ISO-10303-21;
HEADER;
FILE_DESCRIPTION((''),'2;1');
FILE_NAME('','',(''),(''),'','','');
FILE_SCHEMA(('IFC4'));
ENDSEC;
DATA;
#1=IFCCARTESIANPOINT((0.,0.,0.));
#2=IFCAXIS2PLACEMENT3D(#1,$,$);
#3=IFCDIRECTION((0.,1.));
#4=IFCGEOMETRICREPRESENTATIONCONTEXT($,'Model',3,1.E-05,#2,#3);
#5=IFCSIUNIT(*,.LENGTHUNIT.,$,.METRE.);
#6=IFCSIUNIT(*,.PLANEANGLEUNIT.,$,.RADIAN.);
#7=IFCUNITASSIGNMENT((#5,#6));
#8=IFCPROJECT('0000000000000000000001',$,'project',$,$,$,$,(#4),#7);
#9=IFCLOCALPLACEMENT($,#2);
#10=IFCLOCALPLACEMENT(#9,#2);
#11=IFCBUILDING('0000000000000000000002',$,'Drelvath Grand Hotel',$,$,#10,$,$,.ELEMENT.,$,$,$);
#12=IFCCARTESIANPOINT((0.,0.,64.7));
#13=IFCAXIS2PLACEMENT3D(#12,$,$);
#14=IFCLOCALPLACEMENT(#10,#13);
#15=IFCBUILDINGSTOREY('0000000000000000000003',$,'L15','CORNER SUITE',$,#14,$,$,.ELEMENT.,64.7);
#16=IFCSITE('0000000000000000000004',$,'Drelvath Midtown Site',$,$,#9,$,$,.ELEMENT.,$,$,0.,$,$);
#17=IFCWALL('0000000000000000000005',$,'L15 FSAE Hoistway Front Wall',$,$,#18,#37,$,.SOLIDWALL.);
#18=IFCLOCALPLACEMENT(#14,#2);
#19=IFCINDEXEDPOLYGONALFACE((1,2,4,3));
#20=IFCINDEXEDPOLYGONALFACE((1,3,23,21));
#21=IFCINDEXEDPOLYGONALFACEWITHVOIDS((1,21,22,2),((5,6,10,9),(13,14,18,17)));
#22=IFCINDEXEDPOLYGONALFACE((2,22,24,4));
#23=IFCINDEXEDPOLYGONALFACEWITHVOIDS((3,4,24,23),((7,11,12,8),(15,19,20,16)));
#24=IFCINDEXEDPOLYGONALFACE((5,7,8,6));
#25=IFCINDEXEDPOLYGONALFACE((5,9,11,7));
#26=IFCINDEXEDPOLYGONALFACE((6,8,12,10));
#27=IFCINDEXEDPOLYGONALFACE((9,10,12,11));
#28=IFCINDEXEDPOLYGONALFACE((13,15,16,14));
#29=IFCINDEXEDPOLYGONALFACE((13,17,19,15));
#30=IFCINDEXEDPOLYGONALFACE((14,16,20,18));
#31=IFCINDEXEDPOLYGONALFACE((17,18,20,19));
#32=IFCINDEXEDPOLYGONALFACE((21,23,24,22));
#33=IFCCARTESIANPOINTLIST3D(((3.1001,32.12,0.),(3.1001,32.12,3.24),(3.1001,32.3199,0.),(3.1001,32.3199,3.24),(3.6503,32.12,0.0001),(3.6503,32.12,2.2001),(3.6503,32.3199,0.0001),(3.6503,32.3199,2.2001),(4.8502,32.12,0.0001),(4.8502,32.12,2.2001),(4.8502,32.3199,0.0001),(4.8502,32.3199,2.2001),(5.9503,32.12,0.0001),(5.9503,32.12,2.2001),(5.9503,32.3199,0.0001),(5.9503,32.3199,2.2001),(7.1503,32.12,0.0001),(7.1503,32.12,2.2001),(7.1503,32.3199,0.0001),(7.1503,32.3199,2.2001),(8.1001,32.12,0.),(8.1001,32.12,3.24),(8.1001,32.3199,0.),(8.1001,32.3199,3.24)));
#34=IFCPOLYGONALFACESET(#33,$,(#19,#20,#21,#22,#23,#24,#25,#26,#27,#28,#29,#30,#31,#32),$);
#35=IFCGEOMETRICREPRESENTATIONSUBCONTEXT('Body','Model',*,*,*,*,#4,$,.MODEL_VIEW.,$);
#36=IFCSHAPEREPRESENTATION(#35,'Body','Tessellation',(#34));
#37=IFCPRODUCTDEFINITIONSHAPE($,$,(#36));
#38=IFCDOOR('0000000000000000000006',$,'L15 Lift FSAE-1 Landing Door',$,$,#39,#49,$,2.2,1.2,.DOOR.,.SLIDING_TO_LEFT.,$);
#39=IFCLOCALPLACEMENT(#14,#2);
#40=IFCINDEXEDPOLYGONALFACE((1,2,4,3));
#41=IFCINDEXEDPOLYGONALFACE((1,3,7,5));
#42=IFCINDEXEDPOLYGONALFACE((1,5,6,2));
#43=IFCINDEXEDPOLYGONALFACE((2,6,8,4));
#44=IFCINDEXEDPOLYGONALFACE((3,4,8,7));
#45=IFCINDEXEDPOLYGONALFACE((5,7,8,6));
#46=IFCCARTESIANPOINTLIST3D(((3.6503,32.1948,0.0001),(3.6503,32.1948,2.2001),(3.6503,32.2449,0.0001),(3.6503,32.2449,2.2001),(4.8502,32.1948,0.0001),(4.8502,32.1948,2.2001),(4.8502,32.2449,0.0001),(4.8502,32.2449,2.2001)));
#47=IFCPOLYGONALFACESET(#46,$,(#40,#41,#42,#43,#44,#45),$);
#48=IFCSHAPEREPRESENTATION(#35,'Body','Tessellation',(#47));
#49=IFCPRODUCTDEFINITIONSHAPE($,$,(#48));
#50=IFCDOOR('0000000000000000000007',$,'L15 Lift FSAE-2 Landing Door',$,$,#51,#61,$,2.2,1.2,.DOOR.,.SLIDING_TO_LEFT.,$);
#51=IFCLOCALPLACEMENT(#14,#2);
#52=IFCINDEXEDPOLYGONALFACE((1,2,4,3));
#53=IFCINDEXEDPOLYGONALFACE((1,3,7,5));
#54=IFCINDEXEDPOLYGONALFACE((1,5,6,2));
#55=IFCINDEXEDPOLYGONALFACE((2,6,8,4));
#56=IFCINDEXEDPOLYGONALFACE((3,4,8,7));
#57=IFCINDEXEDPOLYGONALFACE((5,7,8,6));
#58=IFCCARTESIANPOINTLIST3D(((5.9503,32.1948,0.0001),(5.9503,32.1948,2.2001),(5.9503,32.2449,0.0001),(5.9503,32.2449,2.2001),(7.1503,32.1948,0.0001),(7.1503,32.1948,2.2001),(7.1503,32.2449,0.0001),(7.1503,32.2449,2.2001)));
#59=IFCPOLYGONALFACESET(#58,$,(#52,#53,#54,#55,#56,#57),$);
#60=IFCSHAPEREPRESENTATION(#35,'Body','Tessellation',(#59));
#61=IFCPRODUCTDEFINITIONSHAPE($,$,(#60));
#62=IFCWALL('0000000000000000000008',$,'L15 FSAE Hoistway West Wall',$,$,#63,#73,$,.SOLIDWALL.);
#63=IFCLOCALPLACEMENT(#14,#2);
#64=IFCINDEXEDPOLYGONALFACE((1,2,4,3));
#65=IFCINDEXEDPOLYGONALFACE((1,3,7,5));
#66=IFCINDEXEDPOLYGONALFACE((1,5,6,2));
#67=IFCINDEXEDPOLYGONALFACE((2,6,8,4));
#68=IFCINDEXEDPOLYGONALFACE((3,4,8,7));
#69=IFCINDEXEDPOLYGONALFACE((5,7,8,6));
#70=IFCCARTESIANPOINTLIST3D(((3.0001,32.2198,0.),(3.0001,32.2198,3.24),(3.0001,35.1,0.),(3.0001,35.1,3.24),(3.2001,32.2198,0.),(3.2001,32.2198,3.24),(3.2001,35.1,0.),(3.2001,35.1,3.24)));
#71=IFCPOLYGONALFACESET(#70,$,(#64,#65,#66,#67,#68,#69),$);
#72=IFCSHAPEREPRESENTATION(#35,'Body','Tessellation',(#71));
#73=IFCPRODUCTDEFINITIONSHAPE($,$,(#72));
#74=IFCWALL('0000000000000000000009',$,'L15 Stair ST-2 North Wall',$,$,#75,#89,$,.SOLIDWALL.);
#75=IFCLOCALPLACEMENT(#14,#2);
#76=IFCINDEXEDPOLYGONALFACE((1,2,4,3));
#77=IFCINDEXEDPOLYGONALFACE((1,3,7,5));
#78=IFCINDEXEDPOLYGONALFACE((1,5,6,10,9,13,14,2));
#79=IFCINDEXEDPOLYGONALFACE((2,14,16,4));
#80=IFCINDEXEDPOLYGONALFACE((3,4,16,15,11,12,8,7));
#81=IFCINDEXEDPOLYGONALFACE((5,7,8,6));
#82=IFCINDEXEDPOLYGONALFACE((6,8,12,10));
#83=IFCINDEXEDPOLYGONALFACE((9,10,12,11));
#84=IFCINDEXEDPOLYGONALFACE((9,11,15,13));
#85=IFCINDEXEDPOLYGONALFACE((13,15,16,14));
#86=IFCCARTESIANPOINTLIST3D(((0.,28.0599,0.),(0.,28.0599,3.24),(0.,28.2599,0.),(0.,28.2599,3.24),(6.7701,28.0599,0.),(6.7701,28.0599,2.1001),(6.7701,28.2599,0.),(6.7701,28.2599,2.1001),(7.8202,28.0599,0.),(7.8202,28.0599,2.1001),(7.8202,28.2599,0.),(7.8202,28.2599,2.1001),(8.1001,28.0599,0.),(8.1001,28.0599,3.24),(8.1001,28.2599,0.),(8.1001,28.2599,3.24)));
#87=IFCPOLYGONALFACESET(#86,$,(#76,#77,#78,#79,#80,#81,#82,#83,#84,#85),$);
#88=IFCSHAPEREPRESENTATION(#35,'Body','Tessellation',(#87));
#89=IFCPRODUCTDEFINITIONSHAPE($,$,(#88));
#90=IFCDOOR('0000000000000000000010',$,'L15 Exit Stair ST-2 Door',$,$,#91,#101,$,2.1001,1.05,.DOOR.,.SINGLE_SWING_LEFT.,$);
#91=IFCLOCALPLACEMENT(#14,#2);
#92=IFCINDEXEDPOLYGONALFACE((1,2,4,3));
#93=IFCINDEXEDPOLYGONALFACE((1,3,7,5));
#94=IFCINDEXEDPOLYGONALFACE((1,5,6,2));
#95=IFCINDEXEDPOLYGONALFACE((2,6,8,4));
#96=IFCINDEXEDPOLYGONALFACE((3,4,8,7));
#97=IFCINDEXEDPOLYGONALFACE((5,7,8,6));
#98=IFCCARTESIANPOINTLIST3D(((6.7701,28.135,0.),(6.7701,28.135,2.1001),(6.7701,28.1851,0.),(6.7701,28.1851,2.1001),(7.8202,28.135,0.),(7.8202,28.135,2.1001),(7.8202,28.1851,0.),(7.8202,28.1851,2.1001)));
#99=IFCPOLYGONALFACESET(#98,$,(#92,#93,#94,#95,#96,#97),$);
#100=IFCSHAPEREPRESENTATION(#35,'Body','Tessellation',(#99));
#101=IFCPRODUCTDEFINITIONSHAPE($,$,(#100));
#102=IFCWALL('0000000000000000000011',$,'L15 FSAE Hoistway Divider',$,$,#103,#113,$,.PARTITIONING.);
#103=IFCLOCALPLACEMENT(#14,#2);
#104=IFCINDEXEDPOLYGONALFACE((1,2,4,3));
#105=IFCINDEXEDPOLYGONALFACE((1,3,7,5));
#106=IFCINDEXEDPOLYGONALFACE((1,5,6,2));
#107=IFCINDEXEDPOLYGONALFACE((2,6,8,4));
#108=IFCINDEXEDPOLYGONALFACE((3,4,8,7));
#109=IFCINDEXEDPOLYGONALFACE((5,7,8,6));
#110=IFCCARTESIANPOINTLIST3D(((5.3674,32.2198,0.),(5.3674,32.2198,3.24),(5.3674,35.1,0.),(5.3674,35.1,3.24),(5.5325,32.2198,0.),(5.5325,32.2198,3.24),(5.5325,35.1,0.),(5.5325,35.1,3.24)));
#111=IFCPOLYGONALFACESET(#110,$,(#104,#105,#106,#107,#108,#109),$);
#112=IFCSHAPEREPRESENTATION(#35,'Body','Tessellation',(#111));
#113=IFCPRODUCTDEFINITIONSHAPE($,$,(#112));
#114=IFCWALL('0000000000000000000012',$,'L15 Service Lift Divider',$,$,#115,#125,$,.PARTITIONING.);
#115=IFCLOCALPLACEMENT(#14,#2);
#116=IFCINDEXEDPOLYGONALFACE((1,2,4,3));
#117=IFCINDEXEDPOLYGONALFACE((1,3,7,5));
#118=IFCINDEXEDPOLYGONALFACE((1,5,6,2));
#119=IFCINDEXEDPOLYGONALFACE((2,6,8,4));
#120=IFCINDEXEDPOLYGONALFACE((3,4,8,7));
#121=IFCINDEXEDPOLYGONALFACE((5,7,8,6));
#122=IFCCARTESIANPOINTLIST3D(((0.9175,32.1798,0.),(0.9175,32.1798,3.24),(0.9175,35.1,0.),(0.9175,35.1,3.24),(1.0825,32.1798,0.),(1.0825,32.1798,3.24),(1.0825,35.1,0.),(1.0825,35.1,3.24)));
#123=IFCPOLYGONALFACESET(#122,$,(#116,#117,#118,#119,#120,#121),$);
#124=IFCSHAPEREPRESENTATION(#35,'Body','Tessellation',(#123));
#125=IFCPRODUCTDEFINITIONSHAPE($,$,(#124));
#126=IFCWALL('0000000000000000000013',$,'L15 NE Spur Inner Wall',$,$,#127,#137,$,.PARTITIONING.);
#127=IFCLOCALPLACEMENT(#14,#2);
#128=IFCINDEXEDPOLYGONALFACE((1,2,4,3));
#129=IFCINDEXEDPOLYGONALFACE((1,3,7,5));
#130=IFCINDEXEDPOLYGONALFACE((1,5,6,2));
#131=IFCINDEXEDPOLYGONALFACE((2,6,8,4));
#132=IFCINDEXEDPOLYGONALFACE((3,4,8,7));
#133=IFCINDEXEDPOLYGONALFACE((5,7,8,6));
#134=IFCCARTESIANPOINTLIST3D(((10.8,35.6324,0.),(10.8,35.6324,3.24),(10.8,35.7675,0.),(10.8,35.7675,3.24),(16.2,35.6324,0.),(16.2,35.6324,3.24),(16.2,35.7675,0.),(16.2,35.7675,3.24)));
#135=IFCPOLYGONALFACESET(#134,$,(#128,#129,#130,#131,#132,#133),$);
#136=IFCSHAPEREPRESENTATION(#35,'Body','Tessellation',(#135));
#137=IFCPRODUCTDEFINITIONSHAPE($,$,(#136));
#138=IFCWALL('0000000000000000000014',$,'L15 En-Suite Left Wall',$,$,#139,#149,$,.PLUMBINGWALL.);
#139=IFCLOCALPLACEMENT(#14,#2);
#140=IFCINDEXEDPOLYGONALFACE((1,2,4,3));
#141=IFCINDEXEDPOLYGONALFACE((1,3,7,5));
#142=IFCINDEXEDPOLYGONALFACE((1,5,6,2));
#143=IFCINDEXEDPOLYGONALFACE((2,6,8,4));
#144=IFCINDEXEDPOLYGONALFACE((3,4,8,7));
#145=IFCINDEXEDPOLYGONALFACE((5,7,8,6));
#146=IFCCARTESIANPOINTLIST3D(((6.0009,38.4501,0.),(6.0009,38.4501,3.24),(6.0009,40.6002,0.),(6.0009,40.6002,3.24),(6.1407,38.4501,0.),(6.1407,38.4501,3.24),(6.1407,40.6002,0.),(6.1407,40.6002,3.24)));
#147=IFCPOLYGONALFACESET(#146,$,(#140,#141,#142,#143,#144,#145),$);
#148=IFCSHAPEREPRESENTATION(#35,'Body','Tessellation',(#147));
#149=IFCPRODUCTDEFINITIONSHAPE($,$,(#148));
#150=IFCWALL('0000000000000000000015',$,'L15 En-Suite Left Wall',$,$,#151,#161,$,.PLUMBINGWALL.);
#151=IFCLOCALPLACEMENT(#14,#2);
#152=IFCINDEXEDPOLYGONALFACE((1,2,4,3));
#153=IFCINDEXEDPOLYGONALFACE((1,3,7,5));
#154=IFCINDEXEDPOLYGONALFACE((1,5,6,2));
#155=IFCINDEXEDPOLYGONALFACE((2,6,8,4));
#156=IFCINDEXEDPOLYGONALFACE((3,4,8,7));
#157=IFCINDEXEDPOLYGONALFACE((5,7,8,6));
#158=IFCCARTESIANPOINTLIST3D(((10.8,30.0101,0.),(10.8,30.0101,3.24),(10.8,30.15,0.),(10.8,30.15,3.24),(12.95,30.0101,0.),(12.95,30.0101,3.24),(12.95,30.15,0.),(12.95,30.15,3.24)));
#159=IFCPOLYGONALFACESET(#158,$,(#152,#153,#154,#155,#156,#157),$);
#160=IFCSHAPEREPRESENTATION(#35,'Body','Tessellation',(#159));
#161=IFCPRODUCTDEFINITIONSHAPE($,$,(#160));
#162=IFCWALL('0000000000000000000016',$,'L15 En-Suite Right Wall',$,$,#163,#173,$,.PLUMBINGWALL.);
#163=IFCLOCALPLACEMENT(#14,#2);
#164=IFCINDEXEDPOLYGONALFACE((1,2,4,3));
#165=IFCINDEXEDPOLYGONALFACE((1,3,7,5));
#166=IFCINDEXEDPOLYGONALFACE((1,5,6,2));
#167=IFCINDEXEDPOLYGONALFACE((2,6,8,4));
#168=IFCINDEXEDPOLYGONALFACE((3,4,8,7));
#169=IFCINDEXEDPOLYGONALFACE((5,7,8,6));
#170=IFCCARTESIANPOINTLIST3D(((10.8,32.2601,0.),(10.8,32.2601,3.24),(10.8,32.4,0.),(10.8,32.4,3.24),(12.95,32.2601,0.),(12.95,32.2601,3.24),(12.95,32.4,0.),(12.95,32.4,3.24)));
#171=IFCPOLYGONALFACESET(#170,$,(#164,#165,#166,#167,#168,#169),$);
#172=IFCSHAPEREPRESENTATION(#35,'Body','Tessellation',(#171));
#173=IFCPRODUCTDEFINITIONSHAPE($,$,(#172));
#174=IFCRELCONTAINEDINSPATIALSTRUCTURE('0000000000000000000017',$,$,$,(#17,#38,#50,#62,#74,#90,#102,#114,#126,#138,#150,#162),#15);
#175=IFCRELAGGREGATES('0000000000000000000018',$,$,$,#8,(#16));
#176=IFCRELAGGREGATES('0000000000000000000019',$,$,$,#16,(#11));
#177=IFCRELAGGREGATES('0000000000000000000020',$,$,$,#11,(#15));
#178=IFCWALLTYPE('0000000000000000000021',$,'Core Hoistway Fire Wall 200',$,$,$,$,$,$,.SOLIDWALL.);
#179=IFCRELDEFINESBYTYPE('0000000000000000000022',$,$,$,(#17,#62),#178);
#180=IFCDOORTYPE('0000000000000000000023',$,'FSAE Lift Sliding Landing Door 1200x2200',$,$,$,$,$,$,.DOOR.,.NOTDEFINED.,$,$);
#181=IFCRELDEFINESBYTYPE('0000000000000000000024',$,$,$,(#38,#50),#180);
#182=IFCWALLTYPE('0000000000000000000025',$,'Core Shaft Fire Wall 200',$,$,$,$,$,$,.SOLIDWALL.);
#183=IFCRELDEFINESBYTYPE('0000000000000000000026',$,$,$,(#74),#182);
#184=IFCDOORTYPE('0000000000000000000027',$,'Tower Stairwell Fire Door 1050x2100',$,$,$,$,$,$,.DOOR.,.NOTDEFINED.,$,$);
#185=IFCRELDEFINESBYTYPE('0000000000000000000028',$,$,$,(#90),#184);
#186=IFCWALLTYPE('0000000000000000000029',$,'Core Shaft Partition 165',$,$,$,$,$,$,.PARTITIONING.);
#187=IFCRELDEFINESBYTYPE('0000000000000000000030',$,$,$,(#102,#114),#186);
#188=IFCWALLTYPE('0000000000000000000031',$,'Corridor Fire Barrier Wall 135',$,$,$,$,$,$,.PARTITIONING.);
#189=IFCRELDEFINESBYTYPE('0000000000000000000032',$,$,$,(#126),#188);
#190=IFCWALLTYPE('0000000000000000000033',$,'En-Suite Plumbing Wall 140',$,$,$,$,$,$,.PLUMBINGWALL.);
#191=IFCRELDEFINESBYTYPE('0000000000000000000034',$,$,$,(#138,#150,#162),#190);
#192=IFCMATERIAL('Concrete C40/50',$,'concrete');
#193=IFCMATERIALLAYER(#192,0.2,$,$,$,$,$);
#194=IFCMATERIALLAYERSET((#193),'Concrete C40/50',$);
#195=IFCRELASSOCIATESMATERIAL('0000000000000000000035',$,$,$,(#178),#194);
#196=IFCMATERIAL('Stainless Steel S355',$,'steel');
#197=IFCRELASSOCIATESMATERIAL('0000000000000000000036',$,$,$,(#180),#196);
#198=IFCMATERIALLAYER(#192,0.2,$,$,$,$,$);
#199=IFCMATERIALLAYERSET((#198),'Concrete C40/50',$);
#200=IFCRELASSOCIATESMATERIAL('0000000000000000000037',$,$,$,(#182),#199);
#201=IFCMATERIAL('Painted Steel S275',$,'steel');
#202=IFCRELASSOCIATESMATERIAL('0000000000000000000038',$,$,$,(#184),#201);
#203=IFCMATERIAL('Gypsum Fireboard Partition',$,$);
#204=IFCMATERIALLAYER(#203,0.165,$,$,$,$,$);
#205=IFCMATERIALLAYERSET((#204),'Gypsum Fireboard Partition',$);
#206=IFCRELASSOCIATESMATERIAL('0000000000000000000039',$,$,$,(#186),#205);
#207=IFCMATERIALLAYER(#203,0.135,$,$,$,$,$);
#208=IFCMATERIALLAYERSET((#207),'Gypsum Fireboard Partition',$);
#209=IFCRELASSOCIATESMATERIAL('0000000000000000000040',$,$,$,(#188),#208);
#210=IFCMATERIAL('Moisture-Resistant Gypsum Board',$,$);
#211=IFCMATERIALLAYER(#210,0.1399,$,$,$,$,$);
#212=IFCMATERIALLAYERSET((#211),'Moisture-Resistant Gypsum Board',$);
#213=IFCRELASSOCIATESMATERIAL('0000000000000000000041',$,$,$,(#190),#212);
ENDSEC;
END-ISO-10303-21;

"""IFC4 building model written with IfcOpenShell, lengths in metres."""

from ifc_helpers import new_model, si_unit, direction, frame, frame_2d, origin, place, context, subcontext, project, spatial, rectangle, extrude, material, layer, layer_set, type_object, element, fill, save


model = new_model("IFC4")

# Units and contexts
model_context = context("Model", 3, precision=1e-05, world=origin(), true_north=direction((0.0, 1.0)))
body_context = subcontext(model_context, "Body", "Model", "MODEL_VIEW")
ifc_project = project(units=[si_unit("LENGTHUNIT", "METRE"), si_unit("PLANEANGLEUNIT", "RADIAN")], contexts=[model_context])

# Site, building, storey
site_placement = place(None, origin())
site = spatial("IfcSite", under=ifc_project, at=site_placement, Name="Drelvath Midtown Site", CompositionType="ELEMENT", RefElevation=0.0)
building_placement = place(site_placement, origin())
building = spatial("IfcBuilding", under=site, at=building_placement, Name="Drelvath Grand Hotel", CompositionType="ELEMENT")
storey_placement = place(building_placement, frame((0.0, 0.0, 64.7)))
storey = spatial("IfcBuildingStorey", under=building, at=storey_placement, Name="L15", Description="CORNER SUITE", CompositionType="ELEMENT", Elevation=64.7)

# Wall, openings, doors
ifc_material_1 = material(Name="Concrete C40/50", Category="concrete")
ifc_layer_1 = layer(ifc_material_1, 0.2)
ifc_layer_set_1 = layer_set([ifc_layer_1], Name="Concrete C40/50")
wall_type_1 = type_object("IfcWallType", Name="Core Hoistway Fire Wall 200", PredefinedType="SOLIDWALL", material=ifc_layer_set_1)
wall_1_placement = place(storey_placement, frame((3.1001, 32.22, 0.0), z_axis=(0.0, 0.0, 1.0), x_axis=(1.0, 0.0, 0.0)))
wall_1 = element("IfcWall", 1, at=wall_1_placement, inside=storey, type_object=wall_type_1, Name="L15 FSAE Hoistway Front Wall", PredefinedType="SOLIDWALL", context=body_context, shape_type="SweptSolid", body=[
    extrude(rectangle(XDim=5.0, YDim=0.2, at=frame_2d((2.5, 0.0))), origin(), (0.0, 0.0, 1.0), 3.24),
])
opening_1_placement = place(wall_1_placement, frame((0.55, 0.0, 0.0)))
opening_1 = element("IfcOpeningElement", 2, at=opening_1_placement, cuts=wall_1, PredefinedType="OPENING", context=body_context, shape_type="SweptSolid", body=[
    extrude(rectangle(XDim=1.2, YDim=2.2, at=frame_2d((0.6001, 1.1001))), frame((0.0, 0.1099, 0.0), z_axis=(0.0, -1.0, 0.0), x_axis=(1.0, 0.0, 0.0)), (0.0, 0.0, 1.0), 0.22),
])
opening_2_placement = place(wall_1_placement, frame((2.8501, 0.0, 0.0)))
opening_2 = element("IfcOpeningElement", 3, at=opening_2_placement, cuts=wall_1, PredefinedType="OPENING", context=body_context, shape_type="SweptSolid", body=[
    extrude(rectangle(XDim=1.2, YDim=2.2, at=frame_2d((0.6001, 1.1001))), frame((0.0, 0.1099, 0.0), z_axis=(0.0, -1.0, 0.0), x_axis=(1.0, 0.0, 0.0)), (0.0, 0.0, 1.0), 0.22),
])
ifc_material_2 = material(Name="Stainless Steel S355", Category="steel")
door_type_1 = type_object("IfcDoorType", Name="FSAE Lift Sliding Landing Door 1200x2200", OperationType="NOTDEFINED", PredefinedType="DOOR", material=ifc_material_2)
door_1_placement = place(opening_1_placement, origin())
door_1 = element("IfcDoor", 4, at=door_1_placement, inside=storey, type_object=door_type_1, Name="L15 Lift FSAE-1 Landing Door", OperationType="SLIDING_TO_LEFT", OverallHeight=2.2, OverallWidth=1.2, PredefinedType="DOOR", context=body_context, shape_type="SweptSolid", body=[
    extrude(rectangle(XDim=1.2, YDim=2.2, at=frame_2d((0.6001, 1.1001))), frame((0.0, 0.0249, 0.0), z_axis=(0.0, -1.0, 0.0), x_axis=(1.0, 0.0, 0.0)), (0.0, 0.0, 1.0), 0.05),
])
fill(opening_1, door_1)
door_2_placement = place(opening_2_placement, origin())
door_2 = element("IfcDoor", 5, at=door_2_placement, inside=storey, type_object=door_type_1, Name="L15 Lift FSAE-2 Landing Door", OperationType="SLIDING_TO_LEFT", OverallHeight=2.2, OverallWidth=1.2, PredefinedType="DOOR", context=body_context, shape_type="SweptSolid", body=[
    extrude(rectangle(XDim=1.2, YDim=2.2, at=frame_2d((0.6001, 1.1001))), frame((0.0, 0.0249, 0.0), z_axis=(0.0, -1.0, 0.0), x_axis=(1.0, 0.0, 0.0)), (0.0, 0.0, 1.0), 0.05),
])
fill(opening_2, door_2)

# Wall
wall_2_placement = place(storey_placement, frame((3.1001, 32.22, 0.0), z_axis=(0.0, 0.0, 1.0), x_axis=(0.0, 1.0, 0.0)))
element("IfcWall", 6, at=wall_2_placement, inside=storey, type_object=wall_type_1, Name="L15 FSAE Hoistway West Wall", PredefinedType="SOLIDWALL", context=body_context, shape_type="SweptSolid", body=[
    extrude(rectangle(XDim=2.8801, YDim=0.2, at=frame_2d((1.4399, 0.0))), origin(), (0.0, 0.0, 1.0), 3.24),
])

# Wall, opening, door
ifc_layer_2 = layer(ifc_material_1, 0.2)
ifc_layer_set_2 = layer_set([ifc_layer_2], Name="Concrete C40/50")
wall_type_2 = type_object("IfcWallType", Name="Core Shaft Fire Wall 200", PredefinedType="SOLIDWALL", material=ifc_layer_set_2)
wall_3_placement = place(storey_placement, frame((8.1001, 28.1599, 0.0), z_axis=(0.0, 0.0, 1.0), x_axis=(-1.0, 0.0, 0.0)))
wall_3 = element("IfcWall", 7, at=wall_3_placement, inside=storey, type_object=wall_type_2, Name="L15 Stair ST-2 North Wall", PredefinedType="SOLIDWALL", context=body_context, shape_type="SweptSolid", body=[
    extrude(rectangle(XDim=8.1001, YDim=0.2, at=frame_2d((4.05, 0.0))), origin(), (0.0, 0.0, 1.0), 3.24),
])
opening_3_placement = place(wall_3_placement, frame((0.28, 0.0, 0.0)))
opening_3 = element("IfcOpeningElement", 8, at=opening_3_placement, cuts=wall_3, PredefinedType="OPENING", context=body_context, shape_type="SweptSolid", body=[
    extrude(rectangle(XDim=1.05, YDim=2.1001, at=frame_2d((0.5249, 1.05))), frame((0.0, 0.1099, 0.0), z_axis=(0.0, -1.0, 0.0), x_axis=(1.0, 0.0, 0.0)), (0.0, 0.0, 1.0), 0.22),
])
ifc_material_3 = material(Name="Painted Steel S275", Category="steel")
door_type_2 = type_object("IfcDoorType", Name="Tower Stairwell Fire Door 1050x2100", OperationType="NOTDEFINED", PredefinedType="DOOR", material=ifc_material_3)
door_3_placement = place(opening_3_placement, origin())
door_3 = element("IfcDoor", 9, at=door_3_placement, inside=storey, type_object=door_type_2, Name="L15 Exit Stair ST-2 Door", OperationType="SINGLE_SWING_LEFT", OverallHeight=2.1001, OverallWidth=1.05, PredefinedType="DOOR", context=body_context, shape_type="SweptSolid", body=[
    extrude(rectangle(XDim=1.05, YDim=2.1001, at=frame_2d((0.5249, 1.05))), frame((0.0, 0.0249, 0.0), z_axis=(0.0, -1.0, 0.0), x_axis=(1.0, 0.0, 0.0)), (0.0, 0.0, 1.0), 0.05),
])
fill(opening_3, door_3)

# Walls
ifc_material_4 = material(Name="Gypsum Fireboard Partition")
ifc_layer_3 = layer(ifc_material_4, 0.165)
ifc_layer_set_3 = layer_set([ifc_layer_3], Name="Gypsum Fireboard Partition")
wall_type_3 = type_object("IfcWallType", Name="Core Shaft Partition 165", PredefinedType="PARTITIONING", material=ifc_layer_set_3)
wall_4_placement = place(storey_placement, frame((5.45, 32.22, 0.0), z_axis=(0.0, 0.0, 1.0), x_axis=(0.0, 1.0, 0.0)))
element("IfcWall", 10, at=wall_4_placement, inside=storey, type_object=wall_type_3, Name="L15 FSAE Hoistway Divider", PredefinedType="PARTITIONING", context=body_context, shape_type="SweptSolid", body=[
    extrude(rectangle(XDim=2.8801, YDim=0.165, at=frame_2d((1.4399, 0.0))), origin(), (0.0, 0.0, 1.0), 3.24),
])
wall_5_placement = place(storey_placement, frame((1.0, 32.1799, 0.0), z_axis=(0.0, 0.0, 1.0), x_axis=(0.0, 1.0, 0.0)))
element("IfcWall", 11, at=wall_5_placement, inside=storey, type_object=wall_type_3, Name="L15 Service Lift Divider", PredefinedType="PARTITIONING", context=body_context, shape_type="SweptSolid", body=[
    extrude(rectangle(XDim=2.9202, YDim=0.165, at=frame_2d((1.46, 0.0))), origin(), (0.0, 0.0, 1.0), 3.24),
])
ifc_layer_4 = layer(ifc_material_4, 0.135)
ifc_layer_set_4 = layer_set([ifc_layer_4], Name="Gypsum Fireboard Partition")
wall_type_4 = type_object("IfcWallType", Name="Corridor Fire Barrier Wall 135", PredefinedType="PARTITIONING", material=ifc_layer_set_4)
wall_6_placement = place(storey_placement, frame((10.8, 35.7, 0.0), z_axis=(0.0, 0.0, 1.0), x_axis=(1.0, 0.0, 0.0)))
element("IfcWall", 12, at=wall_6_placement, inside=storey, type_object=wall_type_4, Name="L15 NE Spur Inner Wall", PredefinedType="PARTITIONING", context=body_context, shape_type="SweptSolid", body=[
    extrude(rectangle(XDim=5.3999, YDim=0.135, at=frame_2d((2.7, 0.0))), origin(), (0.0, 0.0, 1.0), 3.24),
])
ifc_material_5 = material(Name="Moisture-Resistant Gypsum Board")
ifc_layer_5 = layer(ifc_material_5, 0.1399)
ifc_layer_set_5 = layer_set([ifc_layer_5], Name="Moisture-Resistant Gypsum Board")
wall_type_5 = type_object("IfcWallType", Name="En-Suite Plumbing Wall 140", PredefinedType="PLUMBINGWALL", material=ifc_layer_set_5)
wall_7_placement = place(storey_placement, frame((6.0708, 38.45, 0.0), z_axis=(0.0, 0.0, 1.0), x_axis=(0.0, 1.0, 0.0)))
element("IfcWall", 13, at=wall_7_placement, inside=storey, type_object=wall_type_5, Name="L15 En-Suite Left Wall", PredefinedType="PLUMBINGWALL", context=body_context, shape_type="SweptSolid", body=[
    extrude(rectangle(XDim=2.1501, YDim=0.1399, at=frame_2d((1.0752, 0.0))), origin(), (0.0, 0.0, 1.0), 3.24),
])
for number, where, z_axis, x_axis, name in (
    (14, (10.8, 30.0801, 0.0), (0.0, 0.0, 1.0), (1.0, 0.0, 0.0), "L15 En-Suite Left Wall"),
    (15, (10.8, 32.3301, 0.0), (0.0, 0.0, 1.0), (1.0, 0.0, 0.0), "L15 En-Suite Right Wall"),
):
    element("IfcWall", number, at=place(storey_placement, frame(where, z_axis=z_axis, x_axis=x_axis)), inside=storey, type_object=wall_type_5, Name=name, PredefinedType="PLUMBINGWALL", context=body_context, shape_type="SweptSolid", body=[
        extrude(rectangle(XDim=2.1499, YDim=0.1399, at=frame_2d((1.075, 0.0))), origin(), (0.0, 0.0, 1.0), 3.24),
    ])

save(model, "model.ifc")
